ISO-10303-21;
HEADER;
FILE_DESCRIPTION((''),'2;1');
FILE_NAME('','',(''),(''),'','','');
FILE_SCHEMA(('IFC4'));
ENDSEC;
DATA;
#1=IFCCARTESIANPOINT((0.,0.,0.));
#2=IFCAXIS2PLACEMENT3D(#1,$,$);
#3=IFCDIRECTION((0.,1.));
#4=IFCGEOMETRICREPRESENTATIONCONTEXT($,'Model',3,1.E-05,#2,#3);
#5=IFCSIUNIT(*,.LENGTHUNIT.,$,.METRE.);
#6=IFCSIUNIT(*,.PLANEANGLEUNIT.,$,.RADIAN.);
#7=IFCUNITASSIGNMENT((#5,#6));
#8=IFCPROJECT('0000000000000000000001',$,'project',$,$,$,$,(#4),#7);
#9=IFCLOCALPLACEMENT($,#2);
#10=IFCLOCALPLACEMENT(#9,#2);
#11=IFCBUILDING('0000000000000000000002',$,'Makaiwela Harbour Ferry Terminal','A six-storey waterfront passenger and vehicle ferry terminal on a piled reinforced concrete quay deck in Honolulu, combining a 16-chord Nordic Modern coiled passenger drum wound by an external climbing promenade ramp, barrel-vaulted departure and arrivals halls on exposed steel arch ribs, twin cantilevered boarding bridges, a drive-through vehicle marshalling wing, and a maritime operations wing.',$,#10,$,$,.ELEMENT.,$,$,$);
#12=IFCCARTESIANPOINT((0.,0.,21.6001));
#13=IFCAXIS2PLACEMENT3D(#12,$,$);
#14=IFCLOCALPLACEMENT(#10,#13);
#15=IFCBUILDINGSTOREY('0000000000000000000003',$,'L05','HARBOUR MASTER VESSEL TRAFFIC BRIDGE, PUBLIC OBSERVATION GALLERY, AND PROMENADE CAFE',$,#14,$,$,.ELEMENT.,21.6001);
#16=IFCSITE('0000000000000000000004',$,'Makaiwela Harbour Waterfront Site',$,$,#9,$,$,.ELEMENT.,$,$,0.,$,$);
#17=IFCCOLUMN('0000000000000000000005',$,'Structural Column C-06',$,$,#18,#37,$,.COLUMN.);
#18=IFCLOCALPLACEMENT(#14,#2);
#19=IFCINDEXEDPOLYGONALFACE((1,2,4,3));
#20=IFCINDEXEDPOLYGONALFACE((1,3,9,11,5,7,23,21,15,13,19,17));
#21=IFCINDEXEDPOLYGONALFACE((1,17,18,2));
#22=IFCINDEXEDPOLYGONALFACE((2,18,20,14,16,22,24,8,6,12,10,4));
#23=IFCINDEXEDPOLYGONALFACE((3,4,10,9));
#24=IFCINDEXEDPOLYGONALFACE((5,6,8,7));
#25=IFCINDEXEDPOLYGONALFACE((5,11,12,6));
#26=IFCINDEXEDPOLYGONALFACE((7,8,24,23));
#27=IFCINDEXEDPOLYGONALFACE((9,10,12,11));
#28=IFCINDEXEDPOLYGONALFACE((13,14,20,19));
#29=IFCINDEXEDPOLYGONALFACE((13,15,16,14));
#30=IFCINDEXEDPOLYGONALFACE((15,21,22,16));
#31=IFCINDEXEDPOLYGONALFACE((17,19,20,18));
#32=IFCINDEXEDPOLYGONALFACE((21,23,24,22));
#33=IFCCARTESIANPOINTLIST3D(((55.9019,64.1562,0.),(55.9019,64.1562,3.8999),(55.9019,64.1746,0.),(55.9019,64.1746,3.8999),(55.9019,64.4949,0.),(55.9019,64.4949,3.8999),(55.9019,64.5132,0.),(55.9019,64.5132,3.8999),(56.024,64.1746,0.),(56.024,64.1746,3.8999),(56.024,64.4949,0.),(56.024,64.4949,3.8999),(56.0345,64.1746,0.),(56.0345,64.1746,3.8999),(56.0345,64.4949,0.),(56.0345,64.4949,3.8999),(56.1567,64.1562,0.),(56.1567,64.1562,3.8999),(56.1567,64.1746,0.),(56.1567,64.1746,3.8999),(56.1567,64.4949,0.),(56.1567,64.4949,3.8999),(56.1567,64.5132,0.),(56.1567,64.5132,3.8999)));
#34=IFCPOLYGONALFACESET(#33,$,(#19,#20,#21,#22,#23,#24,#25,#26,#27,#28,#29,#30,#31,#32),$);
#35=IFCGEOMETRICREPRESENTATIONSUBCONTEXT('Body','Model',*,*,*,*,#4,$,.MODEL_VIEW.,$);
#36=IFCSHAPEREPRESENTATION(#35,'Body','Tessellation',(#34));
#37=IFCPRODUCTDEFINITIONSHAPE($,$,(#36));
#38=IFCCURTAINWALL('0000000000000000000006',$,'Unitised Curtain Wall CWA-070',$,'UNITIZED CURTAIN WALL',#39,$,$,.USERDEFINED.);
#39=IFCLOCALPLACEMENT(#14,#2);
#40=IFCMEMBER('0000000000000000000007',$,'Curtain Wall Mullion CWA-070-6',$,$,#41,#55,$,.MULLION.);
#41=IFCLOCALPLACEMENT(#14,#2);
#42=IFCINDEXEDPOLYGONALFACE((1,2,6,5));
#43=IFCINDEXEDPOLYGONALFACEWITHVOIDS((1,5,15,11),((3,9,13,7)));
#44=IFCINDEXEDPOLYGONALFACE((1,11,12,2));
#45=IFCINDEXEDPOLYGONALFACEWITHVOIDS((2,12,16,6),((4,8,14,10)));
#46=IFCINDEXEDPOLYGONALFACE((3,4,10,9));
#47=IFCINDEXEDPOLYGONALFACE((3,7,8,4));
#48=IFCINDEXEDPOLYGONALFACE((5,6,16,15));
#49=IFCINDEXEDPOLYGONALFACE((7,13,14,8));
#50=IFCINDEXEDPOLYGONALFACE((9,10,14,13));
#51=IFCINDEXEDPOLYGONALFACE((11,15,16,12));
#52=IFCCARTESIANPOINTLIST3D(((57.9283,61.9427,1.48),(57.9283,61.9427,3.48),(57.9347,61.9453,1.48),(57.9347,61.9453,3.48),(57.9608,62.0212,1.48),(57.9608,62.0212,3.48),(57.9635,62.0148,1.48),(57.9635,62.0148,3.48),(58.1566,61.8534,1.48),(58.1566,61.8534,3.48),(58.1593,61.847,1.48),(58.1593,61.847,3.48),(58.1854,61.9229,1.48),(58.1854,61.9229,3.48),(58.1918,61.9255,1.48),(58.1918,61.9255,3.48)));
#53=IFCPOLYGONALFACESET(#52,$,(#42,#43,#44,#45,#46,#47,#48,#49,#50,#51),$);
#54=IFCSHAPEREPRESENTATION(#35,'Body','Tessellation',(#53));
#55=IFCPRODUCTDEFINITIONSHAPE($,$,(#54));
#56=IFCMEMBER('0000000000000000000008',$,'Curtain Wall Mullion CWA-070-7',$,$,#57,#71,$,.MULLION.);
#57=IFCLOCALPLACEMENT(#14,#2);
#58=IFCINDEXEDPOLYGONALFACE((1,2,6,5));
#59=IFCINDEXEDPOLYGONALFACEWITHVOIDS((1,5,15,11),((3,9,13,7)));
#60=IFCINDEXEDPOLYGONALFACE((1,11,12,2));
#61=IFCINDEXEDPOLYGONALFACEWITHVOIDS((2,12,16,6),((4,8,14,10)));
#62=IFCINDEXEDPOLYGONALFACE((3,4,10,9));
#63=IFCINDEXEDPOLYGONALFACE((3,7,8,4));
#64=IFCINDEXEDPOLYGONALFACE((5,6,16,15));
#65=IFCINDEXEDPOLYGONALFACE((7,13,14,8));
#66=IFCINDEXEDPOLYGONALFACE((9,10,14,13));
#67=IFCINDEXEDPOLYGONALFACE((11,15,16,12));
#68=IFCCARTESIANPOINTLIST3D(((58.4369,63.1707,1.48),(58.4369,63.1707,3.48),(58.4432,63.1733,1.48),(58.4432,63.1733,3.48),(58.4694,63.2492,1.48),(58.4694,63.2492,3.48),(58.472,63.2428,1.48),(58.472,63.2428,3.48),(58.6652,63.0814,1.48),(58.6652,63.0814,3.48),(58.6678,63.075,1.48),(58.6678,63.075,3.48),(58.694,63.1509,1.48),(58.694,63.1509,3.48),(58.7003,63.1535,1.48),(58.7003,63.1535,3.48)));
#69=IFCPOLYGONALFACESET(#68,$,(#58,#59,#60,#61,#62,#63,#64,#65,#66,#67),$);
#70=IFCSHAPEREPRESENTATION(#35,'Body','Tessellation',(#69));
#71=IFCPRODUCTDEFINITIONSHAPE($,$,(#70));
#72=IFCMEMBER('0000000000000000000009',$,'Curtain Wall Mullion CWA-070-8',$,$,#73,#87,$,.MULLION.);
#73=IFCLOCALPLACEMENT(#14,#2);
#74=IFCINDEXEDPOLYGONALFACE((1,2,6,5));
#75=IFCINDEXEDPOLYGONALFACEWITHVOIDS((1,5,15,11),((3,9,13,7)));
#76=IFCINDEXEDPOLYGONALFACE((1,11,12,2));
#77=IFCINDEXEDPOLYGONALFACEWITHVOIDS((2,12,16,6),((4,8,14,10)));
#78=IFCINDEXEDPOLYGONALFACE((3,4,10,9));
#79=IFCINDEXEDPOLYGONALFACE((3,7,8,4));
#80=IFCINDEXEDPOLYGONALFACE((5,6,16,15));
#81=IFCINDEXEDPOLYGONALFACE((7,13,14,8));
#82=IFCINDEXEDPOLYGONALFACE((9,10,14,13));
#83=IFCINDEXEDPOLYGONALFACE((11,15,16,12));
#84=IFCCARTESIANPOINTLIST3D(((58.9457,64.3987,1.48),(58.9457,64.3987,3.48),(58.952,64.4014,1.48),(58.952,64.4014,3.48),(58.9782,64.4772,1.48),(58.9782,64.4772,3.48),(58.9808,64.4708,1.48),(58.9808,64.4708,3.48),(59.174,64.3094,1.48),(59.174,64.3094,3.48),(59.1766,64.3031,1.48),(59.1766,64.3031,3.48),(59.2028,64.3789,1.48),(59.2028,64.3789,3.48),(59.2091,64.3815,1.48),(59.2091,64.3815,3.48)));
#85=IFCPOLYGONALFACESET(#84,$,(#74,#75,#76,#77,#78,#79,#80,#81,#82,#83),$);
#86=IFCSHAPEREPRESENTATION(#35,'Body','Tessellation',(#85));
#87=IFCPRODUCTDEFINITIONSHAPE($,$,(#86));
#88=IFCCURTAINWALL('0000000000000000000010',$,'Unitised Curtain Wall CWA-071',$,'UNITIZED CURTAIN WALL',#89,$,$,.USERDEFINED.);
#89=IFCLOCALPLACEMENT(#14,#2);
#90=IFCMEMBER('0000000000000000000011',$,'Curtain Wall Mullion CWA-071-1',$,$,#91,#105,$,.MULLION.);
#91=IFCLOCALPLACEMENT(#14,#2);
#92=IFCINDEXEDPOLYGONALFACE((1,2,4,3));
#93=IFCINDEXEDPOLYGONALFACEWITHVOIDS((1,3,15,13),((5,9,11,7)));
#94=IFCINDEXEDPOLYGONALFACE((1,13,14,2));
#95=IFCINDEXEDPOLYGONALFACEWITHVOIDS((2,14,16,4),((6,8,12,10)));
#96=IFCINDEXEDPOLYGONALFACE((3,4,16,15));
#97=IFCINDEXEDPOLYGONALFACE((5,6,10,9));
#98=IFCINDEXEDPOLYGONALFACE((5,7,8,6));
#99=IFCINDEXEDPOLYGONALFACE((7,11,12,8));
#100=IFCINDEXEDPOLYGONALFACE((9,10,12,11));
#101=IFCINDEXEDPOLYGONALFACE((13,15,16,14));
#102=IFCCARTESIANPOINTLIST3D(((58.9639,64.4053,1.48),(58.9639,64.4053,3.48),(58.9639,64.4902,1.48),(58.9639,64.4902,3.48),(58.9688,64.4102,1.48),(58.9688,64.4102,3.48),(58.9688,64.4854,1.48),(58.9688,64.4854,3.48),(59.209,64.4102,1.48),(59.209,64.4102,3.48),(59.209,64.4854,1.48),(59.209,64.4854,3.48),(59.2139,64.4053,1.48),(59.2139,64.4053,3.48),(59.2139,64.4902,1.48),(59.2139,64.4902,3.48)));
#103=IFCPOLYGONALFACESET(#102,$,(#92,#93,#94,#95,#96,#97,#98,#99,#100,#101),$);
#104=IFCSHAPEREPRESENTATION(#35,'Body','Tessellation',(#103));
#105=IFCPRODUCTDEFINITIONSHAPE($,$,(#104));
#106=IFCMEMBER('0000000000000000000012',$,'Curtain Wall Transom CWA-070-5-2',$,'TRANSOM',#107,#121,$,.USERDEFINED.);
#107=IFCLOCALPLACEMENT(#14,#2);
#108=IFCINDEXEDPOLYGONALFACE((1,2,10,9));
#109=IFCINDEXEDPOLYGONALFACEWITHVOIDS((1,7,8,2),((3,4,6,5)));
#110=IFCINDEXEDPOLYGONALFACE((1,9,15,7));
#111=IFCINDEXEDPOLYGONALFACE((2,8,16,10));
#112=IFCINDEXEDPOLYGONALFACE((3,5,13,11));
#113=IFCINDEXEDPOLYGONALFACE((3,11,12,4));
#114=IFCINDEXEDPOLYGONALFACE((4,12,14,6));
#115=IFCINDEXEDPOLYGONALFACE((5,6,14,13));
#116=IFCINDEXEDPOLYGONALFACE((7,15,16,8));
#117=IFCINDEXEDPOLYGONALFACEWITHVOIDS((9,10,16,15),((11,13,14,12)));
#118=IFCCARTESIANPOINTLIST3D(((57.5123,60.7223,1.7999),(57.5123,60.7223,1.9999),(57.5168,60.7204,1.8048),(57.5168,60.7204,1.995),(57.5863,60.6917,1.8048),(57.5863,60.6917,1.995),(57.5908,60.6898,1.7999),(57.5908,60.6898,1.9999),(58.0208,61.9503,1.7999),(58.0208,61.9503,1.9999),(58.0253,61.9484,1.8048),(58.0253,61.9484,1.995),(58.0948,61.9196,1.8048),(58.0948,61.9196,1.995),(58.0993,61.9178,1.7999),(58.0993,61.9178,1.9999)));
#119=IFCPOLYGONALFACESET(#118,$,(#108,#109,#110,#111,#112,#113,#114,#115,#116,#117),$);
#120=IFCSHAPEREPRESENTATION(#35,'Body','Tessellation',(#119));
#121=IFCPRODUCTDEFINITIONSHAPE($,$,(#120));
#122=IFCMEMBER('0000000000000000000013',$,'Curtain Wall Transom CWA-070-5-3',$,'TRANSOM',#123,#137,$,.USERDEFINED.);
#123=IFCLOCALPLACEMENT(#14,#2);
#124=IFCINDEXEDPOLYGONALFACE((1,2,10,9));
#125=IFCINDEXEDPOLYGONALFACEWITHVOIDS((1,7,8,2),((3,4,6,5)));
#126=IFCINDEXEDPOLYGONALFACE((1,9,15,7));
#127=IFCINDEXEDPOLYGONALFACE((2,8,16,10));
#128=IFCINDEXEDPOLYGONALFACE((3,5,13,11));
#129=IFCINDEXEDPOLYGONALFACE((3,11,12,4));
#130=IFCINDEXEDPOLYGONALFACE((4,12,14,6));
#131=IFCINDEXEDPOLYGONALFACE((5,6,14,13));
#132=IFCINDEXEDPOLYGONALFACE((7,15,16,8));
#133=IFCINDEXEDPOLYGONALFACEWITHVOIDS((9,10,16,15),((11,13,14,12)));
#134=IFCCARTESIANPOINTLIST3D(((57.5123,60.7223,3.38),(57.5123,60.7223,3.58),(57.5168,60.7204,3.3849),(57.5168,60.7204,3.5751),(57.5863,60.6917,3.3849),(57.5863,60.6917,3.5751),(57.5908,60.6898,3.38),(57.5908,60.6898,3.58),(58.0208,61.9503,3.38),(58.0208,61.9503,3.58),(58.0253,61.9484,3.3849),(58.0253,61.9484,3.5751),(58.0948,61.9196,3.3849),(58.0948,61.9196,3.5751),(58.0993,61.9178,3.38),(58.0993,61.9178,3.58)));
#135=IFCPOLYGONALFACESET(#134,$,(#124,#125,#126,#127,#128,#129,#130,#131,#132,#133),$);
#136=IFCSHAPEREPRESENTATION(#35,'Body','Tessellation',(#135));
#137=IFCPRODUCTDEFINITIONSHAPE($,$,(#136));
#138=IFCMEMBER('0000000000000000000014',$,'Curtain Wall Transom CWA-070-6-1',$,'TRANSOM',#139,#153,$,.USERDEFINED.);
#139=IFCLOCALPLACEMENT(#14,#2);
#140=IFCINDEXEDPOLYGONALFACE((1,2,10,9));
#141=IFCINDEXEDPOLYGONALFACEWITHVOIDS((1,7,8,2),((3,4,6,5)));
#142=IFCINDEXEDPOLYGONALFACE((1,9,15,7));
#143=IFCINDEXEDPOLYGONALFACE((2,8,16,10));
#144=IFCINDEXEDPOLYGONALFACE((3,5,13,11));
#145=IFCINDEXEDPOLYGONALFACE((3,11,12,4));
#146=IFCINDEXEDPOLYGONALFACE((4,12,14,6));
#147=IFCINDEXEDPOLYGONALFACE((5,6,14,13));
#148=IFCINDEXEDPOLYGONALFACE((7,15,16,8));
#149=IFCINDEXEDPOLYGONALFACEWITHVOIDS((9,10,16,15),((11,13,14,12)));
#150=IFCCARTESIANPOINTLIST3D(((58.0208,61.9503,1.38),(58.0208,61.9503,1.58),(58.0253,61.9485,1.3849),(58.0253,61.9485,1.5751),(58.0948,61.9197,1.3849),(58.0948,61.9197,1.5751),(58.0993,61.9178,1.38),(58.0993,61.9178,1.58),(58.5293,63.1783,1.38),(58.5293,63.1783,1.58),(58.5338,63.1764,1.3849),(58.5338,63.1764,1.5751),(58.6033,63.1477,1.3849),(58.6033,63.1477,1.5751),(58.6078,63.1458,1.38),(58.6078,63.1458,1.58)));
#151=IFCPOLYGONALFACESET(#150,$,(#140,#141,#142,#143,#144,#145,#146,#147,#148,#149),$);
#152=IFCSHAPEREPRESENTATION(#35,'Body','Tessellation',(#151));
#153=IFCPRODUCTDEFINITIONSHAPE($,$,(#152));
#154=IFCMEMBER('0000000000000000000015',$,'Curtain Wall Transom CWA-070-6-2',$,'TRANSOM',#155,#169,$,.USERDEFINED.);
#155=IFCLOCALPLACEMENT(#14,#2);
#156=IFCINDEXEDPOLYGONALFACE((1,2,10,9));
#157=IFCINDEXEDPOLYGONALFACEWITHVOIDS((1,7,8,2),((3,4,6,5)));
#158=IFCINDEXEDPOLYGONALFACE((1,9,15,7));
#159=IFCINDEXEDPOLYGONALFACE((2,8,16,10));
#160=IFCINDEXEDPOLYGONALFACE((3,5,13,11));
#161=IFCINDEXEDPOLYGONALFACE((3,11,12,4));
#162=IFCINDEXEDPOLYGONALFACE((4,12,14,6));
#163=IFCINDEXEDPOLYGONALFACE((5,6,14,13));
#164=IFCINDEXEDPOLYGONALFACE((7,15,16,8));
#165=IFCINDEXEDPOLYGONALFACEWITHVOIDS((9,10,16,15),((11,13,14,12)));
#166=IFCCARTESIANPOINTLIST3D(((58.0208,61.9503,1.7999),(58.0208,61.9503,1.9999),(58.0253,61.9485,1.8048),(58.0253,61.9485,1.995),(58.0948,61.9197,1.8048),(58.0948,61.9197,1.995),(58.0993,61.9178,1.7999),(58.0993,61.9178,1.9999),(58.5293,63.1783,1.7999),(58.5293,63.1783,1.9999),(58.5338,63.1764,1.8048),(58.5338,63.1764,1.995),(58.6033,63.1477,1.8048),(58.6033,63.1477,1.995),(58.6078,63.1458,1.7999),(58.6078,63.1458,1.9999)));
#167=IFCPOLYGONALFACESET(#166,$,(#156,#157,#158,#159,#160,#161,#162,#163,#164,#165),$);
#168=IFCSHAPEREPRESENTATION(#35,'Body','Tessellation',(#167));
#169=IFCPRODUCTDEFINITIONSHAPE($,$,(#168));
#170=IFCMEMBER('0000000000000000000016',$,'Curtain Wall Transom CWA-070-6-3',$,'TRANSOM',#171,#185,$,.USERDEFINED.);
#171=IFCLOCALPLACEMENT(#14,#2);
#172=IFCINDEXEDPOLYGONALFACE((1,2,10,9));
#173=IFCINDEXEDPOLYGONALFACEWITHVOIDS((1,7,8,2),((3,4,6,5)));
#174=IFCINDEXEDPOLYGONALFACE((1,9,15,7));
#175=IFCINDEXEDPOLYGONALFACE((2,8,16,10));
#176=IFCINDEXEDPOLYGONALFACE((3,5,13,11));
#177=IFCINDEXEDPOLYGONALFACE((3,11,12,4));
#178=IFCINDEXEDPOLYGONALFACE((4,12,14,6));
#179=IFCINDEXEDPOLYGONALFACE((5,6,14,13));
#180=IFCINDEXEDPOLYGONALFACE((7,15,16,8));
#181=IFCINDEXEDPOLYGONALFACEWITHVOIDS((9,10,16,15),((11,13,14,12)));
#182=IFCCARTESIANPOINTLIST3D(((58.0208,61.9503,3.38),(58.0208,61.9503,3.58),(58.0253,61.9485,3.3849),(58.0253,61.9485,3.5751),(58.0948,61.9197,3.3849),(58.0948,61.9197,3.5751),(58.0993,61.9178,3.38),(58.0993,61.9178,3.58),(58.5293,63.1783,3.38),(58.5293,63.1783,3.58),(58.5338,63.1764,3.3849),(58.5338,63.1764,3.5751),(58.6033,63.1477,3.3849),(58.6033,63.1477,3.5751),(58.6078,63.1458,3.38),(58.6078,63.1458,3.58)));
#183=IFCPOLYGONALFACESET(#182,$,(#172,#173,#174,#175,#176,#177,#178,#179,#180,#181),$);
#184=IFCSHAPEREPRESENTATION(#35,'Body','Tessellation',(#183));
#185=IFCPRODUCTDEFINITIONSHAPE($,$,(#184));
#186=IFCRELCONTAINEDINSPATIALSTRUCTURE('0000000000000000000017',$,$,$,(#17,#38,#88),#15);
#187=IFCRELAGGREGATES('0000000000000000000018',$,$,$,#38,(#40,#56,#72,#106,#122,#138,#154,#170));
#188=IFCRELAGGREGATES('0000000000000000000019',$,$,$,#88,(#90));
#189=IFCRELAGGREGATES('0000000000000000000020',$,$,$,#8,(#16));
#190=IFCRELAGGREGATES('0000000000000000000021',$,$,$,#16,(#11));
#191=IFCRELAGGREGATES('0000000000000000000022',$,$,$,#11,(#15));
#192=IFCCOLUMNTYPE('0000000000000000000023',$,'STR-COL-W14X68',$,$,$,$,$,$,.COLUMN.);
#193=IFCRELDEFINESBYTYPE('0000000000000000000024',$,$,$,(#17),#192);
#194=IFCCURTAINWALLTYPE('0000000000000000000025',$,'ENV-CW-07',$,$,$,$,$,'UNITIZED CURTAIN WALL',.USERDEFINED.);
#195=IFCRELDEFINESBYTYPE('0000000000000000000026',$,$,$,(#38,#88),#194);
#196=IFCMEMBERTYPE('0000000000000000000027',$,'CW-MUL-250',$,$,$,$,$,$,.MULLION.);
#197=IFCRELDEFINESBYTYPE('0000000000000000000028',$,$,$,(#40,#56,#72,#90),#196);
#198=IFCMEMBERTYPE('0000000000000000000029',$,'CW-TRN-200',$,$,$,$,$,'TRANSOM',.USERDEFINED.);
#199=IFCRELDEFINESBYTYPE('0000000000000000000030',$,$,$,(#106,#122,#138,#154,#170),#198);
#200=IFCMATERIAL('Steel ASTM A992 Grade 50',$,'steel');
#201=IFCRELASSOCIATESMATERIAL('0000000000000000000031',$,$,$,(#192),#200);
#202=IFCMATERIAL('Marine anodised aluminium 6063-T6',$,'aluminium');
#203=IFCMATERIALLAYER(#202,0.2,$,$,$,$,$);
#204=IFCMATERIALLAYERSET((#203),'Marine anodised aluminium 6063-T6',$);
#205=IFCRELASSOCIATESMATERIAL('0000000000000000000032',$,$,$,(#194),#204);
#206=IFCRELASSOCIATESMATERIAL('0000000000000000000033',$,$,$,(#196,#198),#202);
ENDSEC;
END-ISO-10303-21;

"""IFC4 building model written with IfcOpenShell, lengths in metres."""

from ifc_helpers import new_model, si_unit, direction, frame, origin, origin_2d, place, context, subcontext, project, spatial, hollow_rectangle, i_section, extrude, material, layer, layer_set, material_profile, profile_set, type_object, element, aggregate, save


model = new_model("IFC4")

# Units and contexts
model_context = context("Model", 3, precision=1e-05, world=origin(), true_north=direction((0.0, 1.0)))
body_context = subcontext(model_context, "Body", "Model", "MODEL_VIEW")
ifc_project = project(units=[si_unit("LENGTHUNIT", "METRE"), si_unit("PLANEANGLEUNIT", "RADIAN")], contexts=[model_context])

# Site, building, storey
site_placement = place(None, origin())
site = spatial("IfcSite", under=ifc_project, at=site_placement, Name="Makaiwela Harbour Waterfront Site", CompositionType="ELEMENT", RefElevation=0.0)
building_placement = place(site_placement, origin())
building = spatial("IfcBuilding", under=site, at=building_placement, Name="Makaiwela Harbour Ferry Terminal", Description="A six-storey waterfront passenger and vehicle ferry terminal on a piled reinforced concrete quay deck in Honolulu, combining a 16-chord Nordic Modern coiled passenger drum wound by an external climbing promenade ramp, barrel-vaulted departure and arrivals halls on exposed steel arch ribs, twin cantilevered boarding bridges, a drive-through vehicle marshalling wing, and a maritime operations wing.", CompositionType="ELEMENT")
storey_placement = place(building_placement, frame((0.0, 0.0, 21.6001)))
storey = spatial("IfcBuildingStorey", under=building, at=storey_placement, Name="L05", Description="HARBOUR MASTER VESSEL TRAFFIC BRIDGE, PUBLIC OBSERVATION GALLERY, AND PROMENADE CAFE", CompositionType="ELEMENT", Elevation=21.6001)

# Column
ifc_material_1 = material(Name="Steel ASTM A992 Grade 50", Category="steel")
ifc_material_profile_1 = material_profile(ifc_material_1, i_section(OverallWidth=0.2549, OverallDepth=0.3569, WebThickness=0.0105, FlangeThickness=0.0183, at=origin_2d()), Name="W14X68")
ifc_profile_set_1 = profile_set([ifc_material_profile_1], Name="Steel ASTM A992 Grade 50")
column_type = type_object("IfcColumnType", Name="STR-COL-W14X68", PredefinedType="COLUMN", material=ifc_profile_set_1)
column_placement = place(storey_placement, frame((56.0293, 64.3347, 0.0), z_axis=(0.0, 0.0, 1.0), x_axis=(1.0, 0.0, 0.0)))
element("IfcColumn", 1, at=column_placement, inside=storey, type_object=column_type, Name="Structural Column C-06", PredefinedType="COLUMN", context=body_context, shape_type="SweptSolid", body=[
    extrude(i_section(OverallWidth=0.2549, OverallDepth=0.3569, WebThickness=0.0105, FlangeThickness=0.0183, at=origin_2d()), origin(), (0.0, 0.0, 1.0), 3.8999),
])

# Curtain wall, members
ifc_material_2 = material(Name="Marine anodised aluminium 6063-T6", Category="aluminium")
ifc_layer_1 = layer(ifc_material_2, 0.2)
ifc_layer_set_1 = layer_set([ifc_layer_1], Name="Marine anodised aluminium 6063-T6")
curtain_wall_type = type_object("IfcCurtainWallType", Name="ENV-CW-07", ElementType="UNITIZED CURTAIN WALL", PredefinedType="USERDEFINED", material=ifc_layer_set_1)
curtain_wall_1_placement = place(storey_placement, origin())
curtain_wall_1 = element("IfcCurtainWall", 2, at=curtain_wall_1_placement, inside=storey, type_object=curtain_wall_type, Name="Unitised Curtain Wall CWA-070", ObjectType="UNITIZED CURTAIN WALL", PredefinedType="USERDEFINED")
ifc_material_profile_2 = material_profile(ifc_material_2, hollow_rectangle(XDim=0.085, YDim=0.25, WallThickness=0.0049, at=origin_2d()), Name="CWM-250X85")
ifc_profile_set_2 = profile_set([ifc_material_profile_2], Name="Marine anodised aluminium 6063-T6")
member_type_1 = type_object("IfcMemberType", Name="CW-MUL-250", PredefinedType="MULLION", material=ifc_profile_set_2)
member_1_placement = place(storey_placement, frame((58.0601, 61.9341, 1.48), z_axis=(0.0, 0.0, 1.0), x_axis=(0.382683, 0.92388, 0.0)))
member_1 = element("IfcMember", 3, at=member_1_placement, type_object=member_type_1, Name="Curtain Wall Mullion CWA-070-6", PredefinedType="MULLION", context=body_context, shape_type="SweptSolid", body=[
    extrude(hollow_rectangle(XDim=0.085, YDim=0.25, WallThickness=0.0049, at=origin_2d()), origin(), (0.0, 0.0, 1.0), 2.0),
])
member_2_placement = place(storey_placement, frame((58.5686, 63.1621, 1.48), z_axis=(0.0, 0.0, 1.0), x_axis=(0.382683, 0.92388, 0.0)))
member_2 = element("IfcMember", 4, at=member_2_placement, type_object=member_type_1, Name="Curtain Wall Mullion CWA-070-7", PredefinedType="MULLION", context=body_context, shape_type="SweptSolid", body=[
    extrude(hollow_rectangle(XDim=0.085, YDim=0.25, WallThickness=0.0049, at=origin_2d()), origin(), (0.0, 0.0, 1.0), 2.0),
])
member_3_placement = place(storey_placement, frame((59.0774, 64.3901, 1.48), z_axis=(0.0, 0.0, 1.0), x_axis=(0.382683, 0.92388, 0.0)))
member_3 = element("IfcMember", 5, at=member_3_placement, type_object=member_type_1, Name="Curtain Wall Mullion CWA-070-8", PredefinedType="MULLION", context=body_context, shape_type="SweptSolid", body=[
    extrude(hollow_rectangle(XDim=0.085, YDim=0.25, WallThickness=0.0049, at=origin_2d()), origin(), (0.0, 0.0, 1.0), 2.0),
])

# Curtain wall, member
curtain_wall_2_placement = place(storey_placement, origin())
curtain_wall_2 = element("IfcCurtainWall", 6, at=curtain_wall_2_placement, inside=storey, type_object=curtain_wall_type, Name="Unitised Curtain Wall CWA-071", ObjectType="UNITIZED CURTAIN WALL", PredefinedType="USERDEFINED")
member_4_placement = place(storey_placement, frame((59.0889, 64.4478, 1.48), z_axis=(0.0, 0.0, 1.0), x_axis=(0.0, 1.0, 0.0)))
member_4 = element("IfcMember", 7, at=member_4_placement, type_object=member_type_1, Name="Curtain Wall Mullion CWA-071-1", PredefinedType="MULLION", context=body_context, shape_type="SweptSolid", body=[
    extrude(hollow_rectangle(XDim=0.085, YDim=0.25, WallThickness=0.0049, at=origin_2d()), origin(), (0.0, 0.0, 1.0), 2.0),
])

# Members
ifc_material_profile_3 = material_profile(ifc_material_2, hollow_rectangle(XDim=0.085, YDim=0.2, WallThickness=0.0049, at=origin_2d()), Name="CWT-200X85")
ifc_profile_set_3 = profile_set([ifc_material_profile_3], Name="Marine anodised aluminium 6063-T6")
member_type_2 = type_object("IfcMemberType", Name="CW-TRN-200", ElementType="TRANSOM", PredefinedType="USERDEFINED", material=ifc_profile_set_3)
member_5_placement = place(storey_placement, frame((57.5515, 60.7061, 1.8999), z_axis=(0.382606, 0.923912, 0.0), x_axis=(-0.923912, 0.382606, 0.0)))
member_5 = element("IfcMember", 8, at=member_5_placement, type_object=member_type_2, Name="Curtain Wall Transom CWA-070-5-2", ObjectType="TRANSOM", PredefinedType="USERDEFINED", context=body_context, shape_type="SweptSolid", body=[
    extrude(hollow_rectangle(XDim=0.085, YDim=0.2, WallThickness=0.0049, at=origin_2d()), origin(), (0.0, 0.0, 1.0), 1.3291),
])
member_6_placement = place(storey_placement, frame((57.5515, 60.7061, 3.48), z_axis=(0.382606, 0.923912, 0.0), x_axis=(-0.923912, 0.382606, 0.0)))
member_6 = element("IfcMember", 9, at=member_6_placement, type_object=member_type_2, Name="Curtain Wall Transom CWA-070-5-3", ObjectType="TRANSOM", PredefinedType="USERDEFINED", context=body_context, shape_type="SweptSolid", body=[
    extrude(hollow_rectangle(XDim=0.085, YDim=0.2, WallThickness=0.0049, at=origin_2d()), origin(), (0.0, 0.0, 1.0), 1.3291),
])
member_7_placement = place(storey_placement, frame((58.0601, 61.9341, 1.48), z_axis=(0.382606, 0.923912, 0.0), x_axis=(-0.923912, 0.382606, 0.0)))
member_7 = element("IfcMember", 10, at=member_7_placement, type_object=member_type_2, Name="Curtain Wall Transom CWA-070-6-1", ObjectType="TRANSOM", PredefinedType="USERDEFINED", context=body_context, shape_type="SweptSolid", body=[
    extrude(hollow_rectangle(XDim=0.085, YDim=0.2, WallThickness=0.0049, at=origin_2d()), origin(), (0.0, 0.0, 1.0), 1.3291),
])
member_8_placement = place(storey_placement, frame((58.0601, 61.9341, 1.8999), z_axis=(0.382606, 0.923912, 0.0), x_axis=(-0.923912, 0.382606, 0.0)))
member_8 = element("IfcMember", 11, at=member_8_placement, type_object=member_type_2, Name="Curtain Wall Transom CWA-070-6-2", ObjectType="TRANSOM", PredefinedType="USERDEFINED", context=body_context, shape_type="SweptSolid", body=[
    extrude(hollow_rectangle(XDim=0.085, YDim=0.2, WallThickness=0.0049, at=origin_2d()), origin(), (0.0, 0.0, 1.0), 1.3291),
])
member_9_placement = place(storey_placement, frame((58.0601, 61.9341, 3.48), z_axis=(0.382606, 0.923912, 0.0), x_axis=(-0.923912, 0.382606, 0.0)))
member_9 = element("IfcMember", 12, at=member_9_placement, type_object=member_type_2, Name="Curtain Wall Transom CWA-070-6-3", ObjectType="TRANSOM", PredefinedType="USERDEFINED", context=body_context, shape_type="SweptSolid", body=[
    extrude(hollow_rectangle(XDim=0.085, YDim=0.2, WallThickness=0.0049, at=origin_2d()), origin(), (0.0, 0.0, 1.0), 1.3291),
])

aggregate(curtain_wall_1, [member_1, member_2, member_3, member_5, member_6, member_7, member_8, member_9])
aggregate(curtain_wall_2, [member_4])

save(model, "model.ifc")
